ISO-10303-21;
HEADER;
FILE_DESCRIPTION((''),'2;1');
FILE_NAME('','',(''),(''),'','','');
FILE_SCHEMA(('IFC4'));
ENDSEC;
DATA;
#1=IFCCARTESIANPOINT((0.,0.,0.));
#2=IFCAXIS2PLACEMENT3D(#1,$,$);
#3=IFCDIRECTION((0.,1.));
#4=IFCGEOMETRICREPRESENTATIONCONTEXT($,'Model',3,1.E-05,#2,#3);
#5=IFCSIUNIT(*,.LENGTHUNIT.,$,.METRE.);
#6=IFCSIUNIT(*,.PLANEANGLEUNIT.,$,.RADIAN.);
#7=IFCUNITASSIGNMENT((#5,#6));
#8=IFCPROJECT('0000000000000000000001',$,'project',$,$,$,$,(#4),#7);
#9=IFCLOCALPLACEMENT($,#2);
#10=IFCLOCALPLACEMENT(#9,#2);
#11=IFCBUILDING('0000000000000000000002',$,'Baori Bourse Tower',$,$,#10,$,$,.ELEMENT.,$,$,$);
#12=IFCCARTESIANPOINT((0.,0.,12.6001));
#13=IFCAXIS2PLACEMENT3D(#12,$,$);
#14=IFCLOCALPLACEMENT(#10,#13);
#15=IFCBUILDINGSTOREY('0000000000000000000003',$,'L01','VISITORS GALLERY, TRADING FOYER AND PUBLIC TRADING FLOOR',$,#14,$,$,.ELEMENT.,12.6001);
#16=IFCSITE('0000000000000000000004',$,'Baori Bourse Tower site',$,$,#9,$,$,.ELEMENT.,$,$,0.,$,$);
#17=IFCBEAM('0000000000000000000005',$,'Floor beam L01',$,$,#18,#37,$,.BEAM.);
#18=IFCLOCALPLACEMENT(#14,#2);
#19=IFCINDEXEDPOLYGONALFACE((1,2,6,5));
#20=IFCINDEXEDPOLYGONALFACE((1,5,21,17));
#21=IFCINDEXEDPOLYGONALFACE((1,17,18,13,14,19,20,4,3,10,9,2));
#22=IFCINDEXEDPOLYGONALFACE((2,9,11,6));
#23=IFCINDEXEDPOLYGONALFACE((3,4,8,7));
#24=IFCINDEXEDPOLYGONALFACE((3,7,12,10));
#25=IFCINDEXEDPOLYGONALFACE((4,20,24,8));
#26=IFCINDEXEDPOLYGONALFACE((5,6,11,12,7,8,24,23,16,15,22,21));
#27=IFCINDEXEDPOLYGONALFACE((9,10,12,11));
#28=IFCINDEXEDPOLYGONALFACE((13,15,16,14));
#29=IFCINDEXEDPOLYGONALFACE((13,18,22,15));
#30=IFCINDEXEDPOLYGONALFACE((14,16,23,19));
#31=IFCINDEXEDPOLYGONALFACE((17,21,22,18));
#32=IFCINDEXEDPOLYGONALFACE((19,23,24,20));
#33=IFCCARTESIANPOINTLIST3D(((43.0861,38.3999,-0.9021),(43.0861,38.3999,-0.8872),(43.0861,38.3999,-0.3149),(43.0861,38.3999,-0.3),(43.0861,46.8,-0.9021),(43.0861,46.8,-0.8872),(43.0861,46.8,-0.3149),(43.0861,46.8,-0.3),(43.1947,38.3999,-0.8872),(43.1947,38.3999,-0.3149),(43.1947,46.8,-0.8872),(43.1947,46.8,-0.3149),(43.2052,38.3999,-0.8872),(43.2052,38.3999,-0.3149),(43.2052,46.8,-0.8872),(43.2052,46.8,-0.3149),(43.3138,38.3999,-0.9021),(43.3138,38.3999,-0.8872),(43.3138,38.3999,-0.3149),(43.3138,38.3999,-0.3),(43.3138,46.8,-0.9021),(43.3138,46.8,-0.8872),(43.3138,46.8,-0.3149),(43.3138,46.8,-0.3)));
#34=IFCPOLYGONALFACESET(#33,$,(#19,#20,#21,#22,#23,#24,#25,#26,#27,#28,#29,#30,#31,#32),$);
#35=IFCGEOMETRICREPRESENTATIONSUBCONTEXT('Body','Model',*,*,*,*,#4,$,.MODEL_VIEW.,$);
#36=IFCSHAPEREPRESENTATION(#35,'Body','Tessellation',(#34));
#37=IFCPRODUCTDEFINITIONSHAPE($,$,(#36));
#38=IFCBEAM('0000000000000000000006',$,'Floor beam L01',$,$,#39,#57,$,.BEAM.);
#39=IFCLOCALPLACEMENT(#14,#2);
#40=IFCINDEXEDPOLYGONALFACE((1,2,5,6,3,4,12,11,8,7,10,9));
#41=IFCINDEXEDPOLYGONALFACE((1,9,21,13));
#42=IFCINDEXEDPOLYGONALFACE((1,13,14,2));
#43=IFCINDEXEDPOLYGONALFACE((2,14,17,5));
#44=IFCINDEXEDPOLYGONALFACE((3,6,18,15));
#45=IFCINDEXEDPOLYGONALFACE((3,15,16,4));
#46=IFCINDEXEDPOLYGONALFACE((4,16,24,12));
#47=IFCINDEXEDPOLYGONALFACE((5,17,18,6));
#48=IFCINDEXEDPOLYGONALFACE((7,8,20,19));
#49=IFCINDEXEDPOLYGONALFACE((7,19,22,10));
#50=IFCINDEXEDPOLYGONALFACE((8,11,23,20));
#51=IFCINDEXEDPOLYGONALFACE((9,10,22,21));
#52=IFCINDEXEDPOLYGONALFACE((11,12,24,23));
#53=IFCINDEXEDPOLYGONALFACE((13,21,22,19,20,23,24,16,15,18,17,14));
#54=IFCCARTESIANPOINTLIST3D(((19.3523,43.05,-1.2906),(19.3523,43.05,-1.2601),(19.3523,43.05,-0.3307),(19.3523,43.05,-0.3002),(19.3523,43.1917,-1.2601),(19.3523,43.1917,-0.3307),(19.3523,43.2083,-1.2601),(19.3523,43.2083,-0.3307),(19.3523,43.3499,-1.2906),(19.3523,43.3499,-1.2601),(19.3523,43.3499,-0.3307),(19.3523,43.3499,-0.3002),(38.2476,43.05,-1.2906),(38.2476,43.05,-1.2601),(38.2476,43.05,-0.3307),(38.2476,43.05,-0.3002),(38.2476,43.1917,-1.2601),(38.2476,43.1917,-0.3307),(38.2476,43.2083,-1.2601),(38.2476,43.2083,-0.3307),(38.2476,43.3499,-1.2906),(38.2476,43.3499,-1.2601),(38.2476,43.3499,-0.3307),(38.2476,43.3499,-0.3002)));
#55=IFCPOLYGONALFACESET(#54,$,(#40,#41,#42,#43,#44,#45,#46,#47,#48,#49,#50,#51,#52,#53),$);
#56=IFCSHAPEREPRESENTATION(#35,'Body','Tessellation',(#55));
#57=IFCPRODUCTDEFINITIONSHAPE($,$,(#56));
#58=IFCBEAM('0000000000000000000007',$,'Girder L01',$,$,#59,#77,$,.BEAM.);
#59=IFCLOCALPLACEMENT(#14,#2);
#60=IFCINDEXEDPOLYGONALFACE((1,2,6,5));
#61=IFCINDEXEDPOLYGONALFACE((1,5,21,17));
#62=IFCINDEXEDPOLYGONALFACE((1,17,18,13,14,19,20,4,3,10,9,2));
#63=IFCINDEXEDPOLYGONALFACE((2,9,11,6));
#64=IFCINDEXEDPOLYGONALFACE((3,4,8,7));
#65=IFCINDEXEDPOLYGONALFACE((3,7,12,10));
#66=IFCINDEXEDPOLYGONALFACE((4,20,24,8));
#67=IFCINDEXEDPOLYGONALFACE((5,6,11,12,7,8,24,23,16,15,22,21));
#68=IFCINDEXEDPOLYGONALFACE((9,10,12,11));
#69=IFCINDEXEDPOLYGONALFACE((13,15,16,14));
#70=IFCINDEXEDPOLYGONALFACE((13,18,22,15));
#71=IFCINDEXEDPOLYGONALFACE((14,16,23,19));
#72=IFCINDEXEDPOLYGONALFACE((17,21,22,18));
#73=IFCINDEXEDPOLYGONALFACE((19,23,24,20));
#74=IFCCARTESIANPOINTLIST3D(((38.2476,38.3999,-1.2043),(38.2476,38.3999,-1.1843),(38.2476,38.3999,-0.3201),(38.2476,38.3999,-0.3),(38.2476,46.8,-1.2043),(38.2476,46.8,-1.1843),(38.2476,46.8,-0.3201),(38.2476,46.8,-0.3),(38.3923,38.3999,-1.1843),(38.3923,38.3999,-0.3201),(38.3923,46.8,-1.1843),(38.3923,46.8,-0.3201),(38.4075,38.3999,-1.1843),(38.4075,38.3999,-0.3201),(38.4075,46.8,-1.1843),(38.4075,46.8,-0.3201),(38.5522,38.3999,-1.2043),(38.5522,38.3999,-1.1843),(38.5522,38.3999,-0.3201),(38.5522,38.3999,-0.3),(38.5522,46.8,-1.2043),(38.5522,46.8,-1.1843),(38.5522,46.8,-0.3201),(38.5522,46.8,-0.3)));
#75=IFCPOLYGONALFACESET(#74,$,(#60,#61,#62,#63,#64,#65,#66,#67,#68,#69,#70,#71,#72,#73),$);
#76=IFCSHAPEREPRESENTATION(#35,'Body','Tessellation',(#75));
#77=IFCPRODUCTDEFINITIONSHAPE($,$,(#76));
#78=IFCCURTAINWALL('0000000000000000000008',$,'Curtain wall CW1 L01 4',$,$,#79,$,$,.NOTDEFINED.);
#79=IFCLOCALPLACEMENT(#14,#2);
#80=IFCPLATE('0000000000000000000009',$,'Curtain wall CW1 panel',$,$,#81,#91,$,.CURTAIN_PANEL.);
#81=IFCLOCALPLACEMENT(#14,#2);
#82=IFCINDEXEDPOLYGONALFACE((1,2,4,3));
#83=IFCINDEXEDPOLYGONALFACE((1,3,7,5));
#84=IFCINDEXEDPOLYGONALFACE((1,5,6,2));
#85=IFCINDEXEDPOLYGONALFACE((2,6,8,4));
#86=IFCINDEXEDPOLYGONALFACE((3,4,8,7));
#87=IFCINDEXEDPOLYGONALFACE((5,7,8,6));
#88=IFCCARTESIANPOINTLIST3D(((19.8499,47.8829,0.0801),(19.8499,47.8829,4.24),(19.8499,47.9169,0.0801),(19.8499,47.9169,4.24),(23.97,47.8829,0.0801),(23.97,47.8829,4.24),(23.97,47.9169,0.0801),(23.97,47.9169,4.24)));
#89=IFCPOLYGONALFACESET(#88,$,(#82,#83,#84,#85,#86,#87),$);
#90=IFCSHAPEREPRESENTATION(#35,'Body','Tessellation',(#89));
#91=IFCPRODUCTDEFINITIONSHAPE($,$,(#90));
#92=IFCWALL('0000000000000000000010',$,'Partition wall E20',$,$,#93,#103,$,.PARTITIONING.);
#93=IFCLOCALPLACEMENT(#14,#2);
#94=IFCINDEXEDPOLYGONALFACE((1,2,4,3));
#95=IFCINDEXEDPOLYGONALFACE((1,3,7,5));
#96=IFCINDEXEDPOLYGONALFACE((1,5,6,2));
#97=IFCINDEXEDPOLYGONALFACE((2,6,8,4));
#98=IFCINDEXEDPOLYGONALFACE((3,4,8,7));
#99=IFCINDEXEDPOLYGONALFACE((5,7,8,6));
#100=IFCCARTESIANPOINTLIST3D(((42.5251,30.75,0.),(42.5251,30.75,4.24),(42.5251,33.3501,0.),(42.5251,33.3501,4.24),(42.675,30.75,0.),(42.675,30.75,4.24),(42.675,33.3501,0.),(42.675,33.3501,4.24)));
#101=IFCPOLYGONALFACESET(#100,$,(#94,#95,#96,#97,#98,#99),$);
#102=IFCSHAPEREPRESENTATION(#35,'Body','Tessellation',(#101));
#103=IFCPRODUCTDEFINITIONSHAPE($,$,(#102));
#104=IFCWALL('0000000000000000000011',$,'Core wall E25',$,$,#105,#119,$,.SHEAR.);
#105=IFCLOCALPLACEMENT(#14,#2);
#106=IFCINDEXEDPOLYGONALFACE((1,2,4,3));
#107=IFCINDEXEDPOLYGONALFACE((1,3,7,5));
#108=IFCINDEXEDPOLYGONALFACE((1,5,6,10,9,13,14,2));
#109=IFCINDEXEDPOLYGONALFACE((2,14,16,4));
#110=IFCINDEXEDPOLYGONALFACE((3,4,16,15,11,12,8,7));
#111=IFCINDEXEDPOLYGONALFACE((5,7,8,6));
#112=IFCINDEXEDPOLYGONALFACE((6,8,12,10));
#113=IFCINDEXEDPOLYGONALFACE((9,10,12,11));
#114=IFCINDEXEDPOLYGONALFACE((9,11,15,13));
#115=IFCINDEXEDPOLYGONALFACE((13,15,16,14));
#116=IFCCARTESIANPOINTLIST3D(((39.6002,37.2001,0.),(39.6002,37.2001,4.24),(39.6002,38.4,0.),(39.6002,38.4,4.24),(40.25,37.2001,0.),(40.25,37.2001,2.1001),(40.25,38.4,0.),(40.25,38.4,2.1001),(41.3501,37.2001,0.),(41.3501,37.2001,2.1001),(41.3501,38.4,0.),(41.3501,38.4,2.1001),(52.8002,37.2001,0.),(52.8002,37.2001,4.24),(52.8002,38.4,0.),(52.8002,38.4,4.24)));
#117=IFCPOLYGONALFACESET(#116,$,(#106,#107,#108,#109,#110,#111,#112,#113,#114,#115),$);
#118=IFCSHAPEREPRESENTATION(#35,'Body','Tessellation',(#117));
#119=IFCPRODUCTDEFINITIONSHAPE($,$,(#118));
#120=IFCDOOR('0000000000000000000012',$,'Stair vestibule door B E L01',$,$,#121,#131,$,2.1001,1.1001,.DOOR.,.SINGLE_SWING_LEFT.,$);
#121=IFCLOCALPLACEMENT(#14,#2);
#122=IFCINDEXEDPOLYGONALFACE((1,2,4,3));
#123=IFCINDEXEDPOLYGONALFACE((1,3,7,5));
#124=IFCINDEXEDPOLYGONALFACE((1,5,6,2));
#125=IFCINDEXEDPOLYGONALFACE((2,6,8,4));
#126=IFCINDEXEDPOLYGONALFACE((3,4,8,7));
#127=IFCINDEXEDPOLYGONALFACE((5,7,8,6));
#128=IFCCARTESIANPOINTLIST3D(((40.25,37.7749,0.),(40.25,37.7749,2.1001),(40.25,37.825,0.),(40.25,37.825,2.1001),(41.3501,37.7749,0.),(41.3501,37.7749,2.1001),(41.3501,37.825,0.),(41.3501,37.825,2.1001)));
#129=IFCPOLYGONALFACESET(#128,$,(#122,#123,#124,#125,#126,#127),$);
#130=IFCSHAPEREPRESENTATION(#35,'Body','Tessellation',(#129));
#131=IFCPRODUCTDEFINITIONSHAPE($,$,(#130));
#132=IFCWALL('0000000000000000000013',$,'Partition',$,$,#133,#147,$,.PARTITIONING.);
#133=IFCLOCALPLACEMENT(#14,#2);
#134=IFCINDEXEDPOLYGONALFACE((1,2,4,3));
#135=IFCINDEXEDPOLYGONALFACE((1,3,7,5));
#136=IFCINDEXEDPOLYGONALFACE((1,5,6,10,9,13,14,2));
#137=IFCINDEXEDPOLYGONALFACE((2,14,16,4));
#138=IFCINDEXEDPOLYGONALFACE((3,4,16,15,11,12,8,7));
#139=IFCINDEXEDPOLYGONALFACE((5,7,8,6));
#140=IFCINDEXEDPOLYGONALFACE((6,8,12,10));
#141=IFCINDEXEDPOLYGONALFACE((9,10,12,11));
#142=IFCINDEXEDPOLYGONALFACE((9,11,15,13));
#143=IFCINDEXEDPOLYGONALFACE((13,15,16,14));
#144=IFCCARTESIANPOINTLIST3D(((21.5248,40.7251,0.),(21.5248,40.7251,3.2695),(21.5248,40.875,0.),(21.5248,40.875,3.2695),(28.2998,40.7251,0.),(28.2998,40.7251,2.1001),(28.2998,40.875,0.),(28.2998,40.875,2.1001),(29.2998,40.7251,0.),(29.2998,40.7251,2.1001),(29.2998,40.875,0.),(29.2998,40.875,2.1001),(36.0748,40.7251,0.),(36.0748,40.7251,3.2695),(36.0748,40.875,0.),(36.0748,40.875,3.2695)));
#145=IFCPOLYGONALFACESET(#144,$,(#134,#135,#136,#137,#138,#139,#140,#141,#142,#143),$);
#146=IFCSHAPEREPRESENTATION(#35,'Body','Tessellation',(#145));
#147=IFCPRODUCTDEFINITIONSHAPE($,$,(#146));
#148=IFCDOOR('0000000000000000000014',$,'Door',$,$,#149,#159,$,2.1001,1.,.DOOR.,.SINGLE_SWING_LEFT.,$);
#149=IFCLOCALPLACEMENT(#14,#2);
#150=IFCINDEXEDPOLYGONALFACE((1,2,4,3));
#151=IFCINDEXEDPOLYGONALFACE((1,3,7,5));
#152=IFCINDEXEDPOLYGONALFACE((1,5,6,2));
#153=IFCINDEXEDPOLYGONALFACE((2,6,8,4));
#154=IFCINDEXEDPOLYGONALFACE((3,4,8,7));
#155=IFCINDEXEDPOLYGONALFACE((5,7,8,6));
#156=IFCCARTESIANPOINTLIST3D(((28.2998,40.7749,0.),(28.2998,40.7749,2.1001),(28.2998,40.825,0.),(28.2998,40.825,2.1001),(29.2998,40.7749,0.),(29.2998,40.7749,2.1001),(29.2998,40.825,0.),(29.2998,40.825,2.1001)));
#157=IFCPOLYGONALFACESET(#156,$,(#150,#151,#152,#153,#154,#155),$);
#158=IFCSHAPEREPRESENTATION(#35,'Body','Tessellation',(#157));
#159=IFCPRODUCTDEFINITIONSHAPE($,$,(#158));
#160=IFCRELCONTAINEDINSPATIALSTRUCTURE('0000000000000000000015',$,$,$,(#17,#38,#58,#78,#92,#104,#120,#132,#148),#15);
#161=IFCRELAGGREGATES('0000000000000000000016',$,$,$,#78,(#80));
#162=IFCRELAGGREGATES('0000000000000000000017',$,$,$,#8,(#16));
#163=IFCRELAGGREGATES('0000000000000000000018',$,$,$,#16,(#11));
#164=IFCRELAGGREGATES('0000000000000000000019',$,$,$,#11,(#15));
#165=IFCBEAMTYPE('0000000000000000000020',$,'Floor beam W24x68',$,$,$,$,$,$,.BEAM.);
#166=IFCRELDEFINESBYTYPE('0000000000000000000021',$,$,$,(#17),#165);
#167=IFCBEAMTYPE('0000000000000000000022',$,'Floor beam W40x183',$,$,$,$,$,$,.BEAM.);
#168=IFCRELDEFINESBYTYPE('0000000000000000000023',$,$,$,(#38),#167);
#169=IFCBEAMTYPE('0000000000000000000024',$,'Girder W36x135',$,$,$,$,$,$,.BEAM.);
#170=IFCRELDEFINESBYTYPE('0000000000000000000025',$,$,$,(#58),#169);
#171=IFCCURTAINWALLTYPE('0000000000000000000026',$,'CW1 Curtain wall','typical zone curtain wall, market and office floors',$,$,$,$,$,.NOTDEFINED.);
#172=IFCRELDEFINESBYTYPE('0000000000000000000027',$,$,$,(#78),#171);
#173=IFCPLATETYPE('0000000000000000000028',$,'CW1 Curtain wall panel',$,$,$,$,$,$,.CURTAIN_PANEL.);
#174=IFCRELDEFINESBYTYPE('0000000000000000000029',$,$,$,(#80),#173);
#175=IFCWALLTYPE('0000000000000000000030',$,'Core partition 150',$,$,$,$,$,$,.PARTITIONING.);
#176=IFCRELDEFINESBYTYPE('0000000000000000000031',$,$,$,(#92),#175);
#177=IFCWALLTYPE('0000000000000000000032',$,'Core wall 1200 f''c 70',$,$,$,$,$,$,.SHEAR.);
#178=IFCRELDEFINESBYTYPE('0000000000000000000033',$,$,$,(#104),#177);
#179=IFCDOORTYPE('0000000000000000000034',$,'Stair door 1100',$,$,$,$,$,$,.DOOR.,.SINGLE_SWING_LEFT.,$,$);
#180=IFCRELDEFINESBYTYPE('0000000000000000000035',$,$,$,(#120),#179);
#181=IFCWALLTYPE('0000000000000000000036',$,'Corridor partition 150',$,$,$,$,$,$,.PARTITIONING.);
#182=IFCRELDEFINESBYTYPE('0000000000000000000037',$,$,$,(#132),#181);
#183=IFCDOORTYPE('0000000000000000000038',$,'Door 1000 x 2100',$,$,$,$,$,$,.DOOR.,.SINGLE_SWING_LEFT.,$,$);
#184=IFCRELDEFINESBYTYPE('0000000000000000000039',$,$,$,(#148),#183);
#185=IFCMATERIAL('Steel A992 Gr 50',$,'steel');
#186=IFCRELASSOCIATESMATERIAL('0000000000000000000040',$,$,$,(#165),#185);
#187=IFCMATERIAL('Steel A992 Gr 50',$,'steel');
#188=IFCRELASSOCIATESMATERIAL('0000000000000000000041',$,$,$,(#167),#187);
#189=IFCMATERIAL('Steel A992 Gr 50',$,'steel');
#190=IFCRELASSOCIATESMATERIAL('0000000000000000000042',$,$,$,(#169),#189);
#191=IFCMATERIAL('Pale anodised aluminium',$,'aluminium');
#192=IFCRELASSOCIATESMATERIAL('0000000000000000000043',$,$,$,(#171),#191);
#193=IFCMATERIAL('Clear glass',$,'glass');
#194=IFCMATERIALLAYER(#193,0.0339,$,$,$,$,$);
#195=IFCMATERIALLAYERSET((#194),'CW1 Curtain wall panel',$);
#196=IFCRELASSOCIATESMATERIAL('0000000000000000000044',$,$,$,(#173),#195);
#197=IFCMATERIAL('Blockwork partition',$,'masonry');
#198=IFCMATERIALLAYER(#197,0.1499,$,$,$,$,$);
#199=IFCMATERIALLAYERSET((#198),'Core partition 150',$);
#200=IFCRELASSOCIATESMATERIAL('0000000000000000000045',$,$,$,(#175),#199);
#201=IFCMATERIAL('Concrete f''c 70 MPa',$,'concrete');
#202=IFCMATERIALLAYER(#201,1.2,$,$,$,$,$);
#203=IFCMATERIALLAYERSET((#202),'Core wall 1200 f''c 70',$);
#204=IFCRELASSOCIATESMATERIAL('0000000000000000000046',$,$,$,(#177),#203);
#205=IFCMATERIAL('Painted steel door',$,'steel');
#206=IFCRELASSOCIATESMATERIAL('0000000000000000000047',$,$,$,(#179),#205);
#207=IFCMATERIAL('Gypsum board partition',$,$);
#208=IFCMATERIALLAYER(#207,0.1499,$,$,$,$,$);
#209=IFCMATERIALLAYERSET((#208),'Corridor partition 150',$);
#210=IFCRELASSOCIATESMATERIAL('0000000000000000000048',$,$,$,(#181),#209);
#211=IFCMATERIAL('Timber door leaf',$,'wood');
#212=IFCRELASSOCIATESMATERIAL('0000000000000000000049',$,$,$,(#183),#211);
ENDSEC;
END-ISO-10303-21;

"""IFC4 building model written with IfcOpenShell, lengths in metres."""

from ifc_helpers import new_model, si_unit, direction, frame, frame_2d, origin, origin_2d, place, context, subcontext, project, spatial, rectangle, i_section, extrude, material, layer, layer_set, material_profile, profile_set, type_object, element, fill, aggregate, save


model = new_model("IFC4")

# Units and contexts
model_context = context("Model", 3, precision=1e-05, world=origin(), true_north=direction((0.0, 1.0)))
body_context = subcontext(model_context, "Body", "Model", "MODEL_VIEW")
ifc_project = project(units=[si_unit("LENGTHUNIT", "METRE"), si_unit("PLANEANGLEUNIT", "RADIAN")], contexts=[model_context])

# Site, building, storey
site_placement = place(None, origin())
site = spatial("IfcSite", under=ifc_project, at=site_placement, Name="Baori Bourse Tower site", CompositionType="ELEMENT", RefElevation=0.0)
building_placement = place(site_placement, origin())
building = spatial("IfcBuilding", under=site, at=building_placement, Name="Baori Bourse Tower", CompositionType="ELEMENT")
storey_placement = place(building_placement, frame((0.0, 0.0, 12.6001)))
storey = spatial("IfcBuildingStorey", under=building, at=storey_placement, Name="L01", Description="VISITORS GALLERY, TRADING FOYER AND PUBLIC TRADING FLOOR", CompositionType="ELEMENT", Elevation=12.6001)

# Beams
ifc_material_1 = material(Name="Steel A992 Gr 50", Category="steel")
ifc_material_profile_1 = material_profile(ifc_material_1, i_section(OverallWidth=0.2278, OverallDepth=0.6021, WebThickness=0.0105, FlangeThickness=0.0149, at=origin_2d()), Name="W24x68")
ifc_profile_set_1 = profile_set([ifc_material_profile_1], Name="Steel A992 Gr 50")
beam_type_1 = type_object("IfcBeamType", Name="Floor beam W24x68", PredefinedType="BEAM", material=ifc_profile_set_1)
beam_1_placement = place(storey_placement, frame((43.2, 38.3999, -0.6011), z_axis=(0.0, 1.0, 0.0), x_axis=(-1.0, 0.0, 0.0)))
element("IfcBeam", 1, at=beam_1_placement, inside=storey, type_object=beam_type_1, Name="Floor beam L01", PredefinedType="BEAM", context=body_context, shape_type="SweptSolid", body=[
    extrude(i_section(OverallWidth=0.2278, OverallDepth=0.6021, WebThickness=0.0105, FlangeThickness=0.0149, at=origin_2d()), origin(), (0.0, 0.0, 1.0), 8.4001),
])
ifc_material_2 = material(Name="Steel A992 Gr 50", Category="steel")
ifc_material_profile_2 = material_profile(ifc_material_2, i_section(OverallWidth=0.2998, OverallDepth=0.9905, WebThickness=0.0166, FlangeThickness=0.0305, at=origin_2d()), Name="W40x183")
ifc_profile_set_2 = profile_set([ifc_material_profile_2], Name="Steel A992 Gr 50")
beam_type_2 = type_object("IfcBeamType", Name="Floor beam W40x183", PredefinedType="BEAM", material=ifc_profile_set_2)
beam_2_placement = place(storey_placement, frame((19.3523, 43.2, -0.7954), z_axis=(1.0, 0.0, 0.0), x_axis=(0.0, 1.0, 0.0)))
element("IfcBeam", 2, at=beam_2_placement, inside=storey, type_object=beam_type_2, Name="Floor beam L01", PredefinedType="BEAM", context=body_context, shape_type="SweptSolid", body=[
    extrude(i_section(OverallWidth=0.2998, OverallDepth=0.9905, WebThickness=0.0166, FlangeThickness=0.0305, at=origin_2d()), origin(), (0.0, 0.0, 1.0), 18.8953),
])
ifc_material_3 = material(Name="Steel A992 Gr 50", Category="steel")
ifc_material_profile_3 = material_profile(ifc_material_3, i_section(OverallWidth=0.3047, OverallDepth=0.9043, WebThickness=0.0151, FlangeThickness=0.02, at=origin_2d()), Name="W36x135")
ifc_profile_set_3 = profile_set([ifc_material_profile_3], Name="Steel A992 Gr 50")
beam_type_3 = type_object("IfcBeamType", Name="Girder W36x135", PredefinedType="BEAM", material=ifc_profile_set_3)
beam_3_placement = place(storey_placement, frame((38.3999, 38.3999, -0.7522), z_axis=(0.0, 1.0, 0.0), x_axis=(-1.0, 0.0, 0.0)))
element("IfcBeam", 3, at=beam_3_placement, inside=storey, type_object=beam_type_3, Name="Girder L01", PredefinedType="BEAM", context=body_context, shape_type="SweptSolid", body=[
    extrude(i_section(OverallWidth=0.3047, OverallDepth=0.9043, WebThickness=0.0151, FlangeThickness=0.02, at=origin_2d()), origin(), (0.0, 0.0, 1.0), 8.4001),
])

# Curtain wall, plate
ifc_material_4 = material(Name="Pale anodised aluminium", Category="aluminium")
curtain_wall_type = type_object("IfcCurtainWallType", Name="CW1 Curtain wall", Description="typical zone curtain wall, market and office floors", PredefinedType="NOTDEFINED", material=ifc_material_4)
curtain_wall_placement = place(storey_placement, origin())
curtain_wall = element("IfcCurtainWall", 4, at=curtain_wall_placement, inside=storey, type_object=curtain_wall_type, Name="Curtain wall CW1 L01 4", PredefinedType="NOTDEFINED")
ifc_material_5 = material(Name="Clear glass", Category="glass")
ifc_layer_1 = layer(ifc_material_5, 0.0339)
ifc_layer_set_1 = layer_set([ifc_layer_1], Name="CW1 Curtain wall panel")
plate_type = type_object("IfcPlateType", Name="CW1 Curtain wall panel", PredefinedType="CURTAIN_PANEL", material=ifc_layer_set_1)
plate_placement = place(storey_placement, frame((21.9099, 47.8999, 0.0801), z_axis=(0.0, 0.0, 1.0), x_axis=(-1.0, 0.0, 0.0)))
plate = element("IfcPlate", 5, at=plate_placement, type_object=plate_type, Name="Curtain wall CW1 panel", PredefinedType="CURTAIN_PANEL", context=body_context, shape_type="SweptSolid", body=[
    extrude(rectangle(XDim=4.1201, YDim=0.0339, at=origin_2d()), origin(), (0.0, 0.0, 1.0), 4.1599),
])
aggregate(curtain_wall, [plate])

# Wall
ifc_material_6 = material(Name="Blockwork partition", Category="masonry")
ifc_layer_2 = layer(ifc_material_6, 0.1499)
ifc_layer_set_2 = layer_set([ifc_layer_2], Name="Core partition 150")
wall_type_1 = type_object("IfcWallType", Name="Core partition 150", PredefinedType="PARTITIONING", material=ifc_layer_set_2)
wall_1_placement = place(storey_placement, frame((42.6001, 30.75, 0.0), z_axis=(0.0, 0.0, 1.0), x_axis=(0.0, 1.0, 0.0)))
element("IfcWall", 6, at=wall_1_placement, inside=storey, type_object=wall_type_1, Name="Partition wall E20", PredefinedType="PARTITIONING", context=body_context, shape_type="SweptSolid", body=[
    extrude(rectangle(XDim=2.6001, YDim=0.1499, at=frame_2d((1.3, 0.0))), origin(), (0.0, 0.0, 1.0), 4.24),
])

# Walls, openings, doors
ifc_material_7 = material(Name="Concrete f'c 70 MPa", Category="concrete")
ifc_layer_3 = layer(ifc_material_7, 1.2)
ifc_layer_set_3 = layer_set([ifc_layer_3], Name="Core wall 1200 f'c 70")
wall_type_2 = type_object("IfcWallType", Name="Core wall 1200 f'c 70", PredefinedType="SHEAR", material=ifc_layer_set_3)
wall_2_placement = place(storey_placement, frame((39.6001, 37.8, 0.0), z_axis=(0.0, 0.0, 1.0), x_axis=(1.0, 0.0, 0.0)))
wall_2 = element("IfcWall", 7, at=wall_2_placement, inside=storey, type_object=wall_type_2, Name="Core wall E25", PredefinedType="SHEAR", context=body_context, shape_type="SweptSolid", body=[
    extrude(rectangle(XDim=13.2, YDim=1.2, at=frame_2d((6.6001, 0.0))), origin(), (0.0, 0.0, 1.0), 4.24),
])
opening_1_placement = place(wall_2_placement, frame((0.6499, 0.0, 0.0)))
opening_1 = element("IfcOpeningElement", 8, at=opening_1_placement, cuts=wall_2, PredefinedType="OPENING", context=body_context, shape_type="SweptSolid", body=[
    extrude(rectangle(XDim=1.1001, YDim=2.1001, at=frame_2d((0.55, 1.05))), frame((0.0, 0.6099, 0.0), z_axis=(0.0, -1.0, 0.0), x_axis=(1.0, 0.0, 0.0)), (0.0, 0.0, 1.0), 1.22),
])
ifc_material_8 = material(Name="Painted steel door", Category="steel")
door_type_1 = type_object("IfcDoorType", Name="Stair door 1100", OperationType="SINGLE_SWING_LEFT", PredefinedType="DOOR", material=ifc_material_8)
door_1_placement = place(opening_1_placement, origin())
door_1 = element("IfcDoor", 9, at=door_1_placement, inside=storey, type_object=door_type_1, Name="Stair vestibule door B E L01", OperationType="SINGLE_SWING_LEFT", OverallHeight=2.1001, OverallWidth=1.1001, PredefinedType="DOOR", context=body_context, shape_type="SweptSolid", body=[
    extrude(rectangle(XDim=1.1001, YDim=2.1001, at=frame_2d((0.55, 1.05))), frame((0.0, 0.0249, 0.0), z_axis=(0.0, -1.0, 0.0), x_axis=(1.0, 0.0, 0.0)), (0.0, 0.0, 1.0), 0.05),
])
fill(opening_1, door_1)
ifc_material_9 = material(Name="Gypsum board partition")
ifc_layer_4 = layer(ifc_material_9, 0.1499)
ifc_layer_set_4 = layer_set([ifc_layer_4], Name="Corridor partition 150")
wall_type_3 = type_object("IfcWallType", Name="Corridor partition 150", PredefinedType="PARTITIONING", material=ifc_layer_set_4)
wall_3_placement = place(storey_placement, frame((21.5249, 40.8, 0.0), z_axis=(0.0, 0.0, 1.0), x_axis=(1.0, 0.0, 0.0)))
wall_3 = element("IfcWall", 10, at=wall_3_placement, inside=storey, type_object=wall_type_3, Name="Partition", PredefinedType="PARTITIONING", context=body_context, shape_type="SweptSolid", body=[
    extrude(rectangle(XDim=14.55, YDim=0.1499, at=frame_2d((7.2749, 0.0))), origin(), (0.0, 0.0, 1.0), 3.2695),
])
opening_2_placement = place(wall_3_placement, frame((6.7749, 0.0, 0.0)))
opening_2 = element("IfcOpeningElement", 11, at=opening_2_placement, cuts=wall_3, PredefinedType="OPENING", context=body_context, shape_type="SweptSolid", body=[
    extrude(rectangle(XDim=1.0, YDim=2.1001, at=frame_2d((0.5, 1.05))), frame((0.0, 0.085, 0.0), z_axis=(0.0, -1.0, 0.0), x_axis=(1.0, 0.0, 0.0)), (0.0, 0.0, 1.0), 0.1699),
])
ifc_material_10 = material(Name="Timber door leaf", Category="wood")
door_type_2 = type_object("IfcDoorType", Name="Door 1000 x 2100", OperationType="SINGLE_SWING_LEFT", PredefinedType="DOOR", material=ifc_material_10)
door_2_placement = place(opening_2_placement, origin())
door_2 = element("IfcDoor", 12, at=door_2_placement, inside=storey, type_object=door_type_2, Name="Door", OperationType="SINGLE_SWING_LEFT", OverallHeight=2.1001, OverallWidth=1.0, PredefinedType="DOOR", context=body_context, shape_type="SweptSolid", body=[
    extrude(rectangle(XDim=1.0, YDim=2.1001, at=frame_2d((0.5, 1.05))), frame((0.0, 0.0249, 0.0), z_axis=(0.0, -1.0, 0.0), x_axis=(1.0, 0.0, 0.0)), (0.0, 0.0, 1.0), 0.05),
])
fill(opening_2, door_2)

save(model, "model.ifc")
